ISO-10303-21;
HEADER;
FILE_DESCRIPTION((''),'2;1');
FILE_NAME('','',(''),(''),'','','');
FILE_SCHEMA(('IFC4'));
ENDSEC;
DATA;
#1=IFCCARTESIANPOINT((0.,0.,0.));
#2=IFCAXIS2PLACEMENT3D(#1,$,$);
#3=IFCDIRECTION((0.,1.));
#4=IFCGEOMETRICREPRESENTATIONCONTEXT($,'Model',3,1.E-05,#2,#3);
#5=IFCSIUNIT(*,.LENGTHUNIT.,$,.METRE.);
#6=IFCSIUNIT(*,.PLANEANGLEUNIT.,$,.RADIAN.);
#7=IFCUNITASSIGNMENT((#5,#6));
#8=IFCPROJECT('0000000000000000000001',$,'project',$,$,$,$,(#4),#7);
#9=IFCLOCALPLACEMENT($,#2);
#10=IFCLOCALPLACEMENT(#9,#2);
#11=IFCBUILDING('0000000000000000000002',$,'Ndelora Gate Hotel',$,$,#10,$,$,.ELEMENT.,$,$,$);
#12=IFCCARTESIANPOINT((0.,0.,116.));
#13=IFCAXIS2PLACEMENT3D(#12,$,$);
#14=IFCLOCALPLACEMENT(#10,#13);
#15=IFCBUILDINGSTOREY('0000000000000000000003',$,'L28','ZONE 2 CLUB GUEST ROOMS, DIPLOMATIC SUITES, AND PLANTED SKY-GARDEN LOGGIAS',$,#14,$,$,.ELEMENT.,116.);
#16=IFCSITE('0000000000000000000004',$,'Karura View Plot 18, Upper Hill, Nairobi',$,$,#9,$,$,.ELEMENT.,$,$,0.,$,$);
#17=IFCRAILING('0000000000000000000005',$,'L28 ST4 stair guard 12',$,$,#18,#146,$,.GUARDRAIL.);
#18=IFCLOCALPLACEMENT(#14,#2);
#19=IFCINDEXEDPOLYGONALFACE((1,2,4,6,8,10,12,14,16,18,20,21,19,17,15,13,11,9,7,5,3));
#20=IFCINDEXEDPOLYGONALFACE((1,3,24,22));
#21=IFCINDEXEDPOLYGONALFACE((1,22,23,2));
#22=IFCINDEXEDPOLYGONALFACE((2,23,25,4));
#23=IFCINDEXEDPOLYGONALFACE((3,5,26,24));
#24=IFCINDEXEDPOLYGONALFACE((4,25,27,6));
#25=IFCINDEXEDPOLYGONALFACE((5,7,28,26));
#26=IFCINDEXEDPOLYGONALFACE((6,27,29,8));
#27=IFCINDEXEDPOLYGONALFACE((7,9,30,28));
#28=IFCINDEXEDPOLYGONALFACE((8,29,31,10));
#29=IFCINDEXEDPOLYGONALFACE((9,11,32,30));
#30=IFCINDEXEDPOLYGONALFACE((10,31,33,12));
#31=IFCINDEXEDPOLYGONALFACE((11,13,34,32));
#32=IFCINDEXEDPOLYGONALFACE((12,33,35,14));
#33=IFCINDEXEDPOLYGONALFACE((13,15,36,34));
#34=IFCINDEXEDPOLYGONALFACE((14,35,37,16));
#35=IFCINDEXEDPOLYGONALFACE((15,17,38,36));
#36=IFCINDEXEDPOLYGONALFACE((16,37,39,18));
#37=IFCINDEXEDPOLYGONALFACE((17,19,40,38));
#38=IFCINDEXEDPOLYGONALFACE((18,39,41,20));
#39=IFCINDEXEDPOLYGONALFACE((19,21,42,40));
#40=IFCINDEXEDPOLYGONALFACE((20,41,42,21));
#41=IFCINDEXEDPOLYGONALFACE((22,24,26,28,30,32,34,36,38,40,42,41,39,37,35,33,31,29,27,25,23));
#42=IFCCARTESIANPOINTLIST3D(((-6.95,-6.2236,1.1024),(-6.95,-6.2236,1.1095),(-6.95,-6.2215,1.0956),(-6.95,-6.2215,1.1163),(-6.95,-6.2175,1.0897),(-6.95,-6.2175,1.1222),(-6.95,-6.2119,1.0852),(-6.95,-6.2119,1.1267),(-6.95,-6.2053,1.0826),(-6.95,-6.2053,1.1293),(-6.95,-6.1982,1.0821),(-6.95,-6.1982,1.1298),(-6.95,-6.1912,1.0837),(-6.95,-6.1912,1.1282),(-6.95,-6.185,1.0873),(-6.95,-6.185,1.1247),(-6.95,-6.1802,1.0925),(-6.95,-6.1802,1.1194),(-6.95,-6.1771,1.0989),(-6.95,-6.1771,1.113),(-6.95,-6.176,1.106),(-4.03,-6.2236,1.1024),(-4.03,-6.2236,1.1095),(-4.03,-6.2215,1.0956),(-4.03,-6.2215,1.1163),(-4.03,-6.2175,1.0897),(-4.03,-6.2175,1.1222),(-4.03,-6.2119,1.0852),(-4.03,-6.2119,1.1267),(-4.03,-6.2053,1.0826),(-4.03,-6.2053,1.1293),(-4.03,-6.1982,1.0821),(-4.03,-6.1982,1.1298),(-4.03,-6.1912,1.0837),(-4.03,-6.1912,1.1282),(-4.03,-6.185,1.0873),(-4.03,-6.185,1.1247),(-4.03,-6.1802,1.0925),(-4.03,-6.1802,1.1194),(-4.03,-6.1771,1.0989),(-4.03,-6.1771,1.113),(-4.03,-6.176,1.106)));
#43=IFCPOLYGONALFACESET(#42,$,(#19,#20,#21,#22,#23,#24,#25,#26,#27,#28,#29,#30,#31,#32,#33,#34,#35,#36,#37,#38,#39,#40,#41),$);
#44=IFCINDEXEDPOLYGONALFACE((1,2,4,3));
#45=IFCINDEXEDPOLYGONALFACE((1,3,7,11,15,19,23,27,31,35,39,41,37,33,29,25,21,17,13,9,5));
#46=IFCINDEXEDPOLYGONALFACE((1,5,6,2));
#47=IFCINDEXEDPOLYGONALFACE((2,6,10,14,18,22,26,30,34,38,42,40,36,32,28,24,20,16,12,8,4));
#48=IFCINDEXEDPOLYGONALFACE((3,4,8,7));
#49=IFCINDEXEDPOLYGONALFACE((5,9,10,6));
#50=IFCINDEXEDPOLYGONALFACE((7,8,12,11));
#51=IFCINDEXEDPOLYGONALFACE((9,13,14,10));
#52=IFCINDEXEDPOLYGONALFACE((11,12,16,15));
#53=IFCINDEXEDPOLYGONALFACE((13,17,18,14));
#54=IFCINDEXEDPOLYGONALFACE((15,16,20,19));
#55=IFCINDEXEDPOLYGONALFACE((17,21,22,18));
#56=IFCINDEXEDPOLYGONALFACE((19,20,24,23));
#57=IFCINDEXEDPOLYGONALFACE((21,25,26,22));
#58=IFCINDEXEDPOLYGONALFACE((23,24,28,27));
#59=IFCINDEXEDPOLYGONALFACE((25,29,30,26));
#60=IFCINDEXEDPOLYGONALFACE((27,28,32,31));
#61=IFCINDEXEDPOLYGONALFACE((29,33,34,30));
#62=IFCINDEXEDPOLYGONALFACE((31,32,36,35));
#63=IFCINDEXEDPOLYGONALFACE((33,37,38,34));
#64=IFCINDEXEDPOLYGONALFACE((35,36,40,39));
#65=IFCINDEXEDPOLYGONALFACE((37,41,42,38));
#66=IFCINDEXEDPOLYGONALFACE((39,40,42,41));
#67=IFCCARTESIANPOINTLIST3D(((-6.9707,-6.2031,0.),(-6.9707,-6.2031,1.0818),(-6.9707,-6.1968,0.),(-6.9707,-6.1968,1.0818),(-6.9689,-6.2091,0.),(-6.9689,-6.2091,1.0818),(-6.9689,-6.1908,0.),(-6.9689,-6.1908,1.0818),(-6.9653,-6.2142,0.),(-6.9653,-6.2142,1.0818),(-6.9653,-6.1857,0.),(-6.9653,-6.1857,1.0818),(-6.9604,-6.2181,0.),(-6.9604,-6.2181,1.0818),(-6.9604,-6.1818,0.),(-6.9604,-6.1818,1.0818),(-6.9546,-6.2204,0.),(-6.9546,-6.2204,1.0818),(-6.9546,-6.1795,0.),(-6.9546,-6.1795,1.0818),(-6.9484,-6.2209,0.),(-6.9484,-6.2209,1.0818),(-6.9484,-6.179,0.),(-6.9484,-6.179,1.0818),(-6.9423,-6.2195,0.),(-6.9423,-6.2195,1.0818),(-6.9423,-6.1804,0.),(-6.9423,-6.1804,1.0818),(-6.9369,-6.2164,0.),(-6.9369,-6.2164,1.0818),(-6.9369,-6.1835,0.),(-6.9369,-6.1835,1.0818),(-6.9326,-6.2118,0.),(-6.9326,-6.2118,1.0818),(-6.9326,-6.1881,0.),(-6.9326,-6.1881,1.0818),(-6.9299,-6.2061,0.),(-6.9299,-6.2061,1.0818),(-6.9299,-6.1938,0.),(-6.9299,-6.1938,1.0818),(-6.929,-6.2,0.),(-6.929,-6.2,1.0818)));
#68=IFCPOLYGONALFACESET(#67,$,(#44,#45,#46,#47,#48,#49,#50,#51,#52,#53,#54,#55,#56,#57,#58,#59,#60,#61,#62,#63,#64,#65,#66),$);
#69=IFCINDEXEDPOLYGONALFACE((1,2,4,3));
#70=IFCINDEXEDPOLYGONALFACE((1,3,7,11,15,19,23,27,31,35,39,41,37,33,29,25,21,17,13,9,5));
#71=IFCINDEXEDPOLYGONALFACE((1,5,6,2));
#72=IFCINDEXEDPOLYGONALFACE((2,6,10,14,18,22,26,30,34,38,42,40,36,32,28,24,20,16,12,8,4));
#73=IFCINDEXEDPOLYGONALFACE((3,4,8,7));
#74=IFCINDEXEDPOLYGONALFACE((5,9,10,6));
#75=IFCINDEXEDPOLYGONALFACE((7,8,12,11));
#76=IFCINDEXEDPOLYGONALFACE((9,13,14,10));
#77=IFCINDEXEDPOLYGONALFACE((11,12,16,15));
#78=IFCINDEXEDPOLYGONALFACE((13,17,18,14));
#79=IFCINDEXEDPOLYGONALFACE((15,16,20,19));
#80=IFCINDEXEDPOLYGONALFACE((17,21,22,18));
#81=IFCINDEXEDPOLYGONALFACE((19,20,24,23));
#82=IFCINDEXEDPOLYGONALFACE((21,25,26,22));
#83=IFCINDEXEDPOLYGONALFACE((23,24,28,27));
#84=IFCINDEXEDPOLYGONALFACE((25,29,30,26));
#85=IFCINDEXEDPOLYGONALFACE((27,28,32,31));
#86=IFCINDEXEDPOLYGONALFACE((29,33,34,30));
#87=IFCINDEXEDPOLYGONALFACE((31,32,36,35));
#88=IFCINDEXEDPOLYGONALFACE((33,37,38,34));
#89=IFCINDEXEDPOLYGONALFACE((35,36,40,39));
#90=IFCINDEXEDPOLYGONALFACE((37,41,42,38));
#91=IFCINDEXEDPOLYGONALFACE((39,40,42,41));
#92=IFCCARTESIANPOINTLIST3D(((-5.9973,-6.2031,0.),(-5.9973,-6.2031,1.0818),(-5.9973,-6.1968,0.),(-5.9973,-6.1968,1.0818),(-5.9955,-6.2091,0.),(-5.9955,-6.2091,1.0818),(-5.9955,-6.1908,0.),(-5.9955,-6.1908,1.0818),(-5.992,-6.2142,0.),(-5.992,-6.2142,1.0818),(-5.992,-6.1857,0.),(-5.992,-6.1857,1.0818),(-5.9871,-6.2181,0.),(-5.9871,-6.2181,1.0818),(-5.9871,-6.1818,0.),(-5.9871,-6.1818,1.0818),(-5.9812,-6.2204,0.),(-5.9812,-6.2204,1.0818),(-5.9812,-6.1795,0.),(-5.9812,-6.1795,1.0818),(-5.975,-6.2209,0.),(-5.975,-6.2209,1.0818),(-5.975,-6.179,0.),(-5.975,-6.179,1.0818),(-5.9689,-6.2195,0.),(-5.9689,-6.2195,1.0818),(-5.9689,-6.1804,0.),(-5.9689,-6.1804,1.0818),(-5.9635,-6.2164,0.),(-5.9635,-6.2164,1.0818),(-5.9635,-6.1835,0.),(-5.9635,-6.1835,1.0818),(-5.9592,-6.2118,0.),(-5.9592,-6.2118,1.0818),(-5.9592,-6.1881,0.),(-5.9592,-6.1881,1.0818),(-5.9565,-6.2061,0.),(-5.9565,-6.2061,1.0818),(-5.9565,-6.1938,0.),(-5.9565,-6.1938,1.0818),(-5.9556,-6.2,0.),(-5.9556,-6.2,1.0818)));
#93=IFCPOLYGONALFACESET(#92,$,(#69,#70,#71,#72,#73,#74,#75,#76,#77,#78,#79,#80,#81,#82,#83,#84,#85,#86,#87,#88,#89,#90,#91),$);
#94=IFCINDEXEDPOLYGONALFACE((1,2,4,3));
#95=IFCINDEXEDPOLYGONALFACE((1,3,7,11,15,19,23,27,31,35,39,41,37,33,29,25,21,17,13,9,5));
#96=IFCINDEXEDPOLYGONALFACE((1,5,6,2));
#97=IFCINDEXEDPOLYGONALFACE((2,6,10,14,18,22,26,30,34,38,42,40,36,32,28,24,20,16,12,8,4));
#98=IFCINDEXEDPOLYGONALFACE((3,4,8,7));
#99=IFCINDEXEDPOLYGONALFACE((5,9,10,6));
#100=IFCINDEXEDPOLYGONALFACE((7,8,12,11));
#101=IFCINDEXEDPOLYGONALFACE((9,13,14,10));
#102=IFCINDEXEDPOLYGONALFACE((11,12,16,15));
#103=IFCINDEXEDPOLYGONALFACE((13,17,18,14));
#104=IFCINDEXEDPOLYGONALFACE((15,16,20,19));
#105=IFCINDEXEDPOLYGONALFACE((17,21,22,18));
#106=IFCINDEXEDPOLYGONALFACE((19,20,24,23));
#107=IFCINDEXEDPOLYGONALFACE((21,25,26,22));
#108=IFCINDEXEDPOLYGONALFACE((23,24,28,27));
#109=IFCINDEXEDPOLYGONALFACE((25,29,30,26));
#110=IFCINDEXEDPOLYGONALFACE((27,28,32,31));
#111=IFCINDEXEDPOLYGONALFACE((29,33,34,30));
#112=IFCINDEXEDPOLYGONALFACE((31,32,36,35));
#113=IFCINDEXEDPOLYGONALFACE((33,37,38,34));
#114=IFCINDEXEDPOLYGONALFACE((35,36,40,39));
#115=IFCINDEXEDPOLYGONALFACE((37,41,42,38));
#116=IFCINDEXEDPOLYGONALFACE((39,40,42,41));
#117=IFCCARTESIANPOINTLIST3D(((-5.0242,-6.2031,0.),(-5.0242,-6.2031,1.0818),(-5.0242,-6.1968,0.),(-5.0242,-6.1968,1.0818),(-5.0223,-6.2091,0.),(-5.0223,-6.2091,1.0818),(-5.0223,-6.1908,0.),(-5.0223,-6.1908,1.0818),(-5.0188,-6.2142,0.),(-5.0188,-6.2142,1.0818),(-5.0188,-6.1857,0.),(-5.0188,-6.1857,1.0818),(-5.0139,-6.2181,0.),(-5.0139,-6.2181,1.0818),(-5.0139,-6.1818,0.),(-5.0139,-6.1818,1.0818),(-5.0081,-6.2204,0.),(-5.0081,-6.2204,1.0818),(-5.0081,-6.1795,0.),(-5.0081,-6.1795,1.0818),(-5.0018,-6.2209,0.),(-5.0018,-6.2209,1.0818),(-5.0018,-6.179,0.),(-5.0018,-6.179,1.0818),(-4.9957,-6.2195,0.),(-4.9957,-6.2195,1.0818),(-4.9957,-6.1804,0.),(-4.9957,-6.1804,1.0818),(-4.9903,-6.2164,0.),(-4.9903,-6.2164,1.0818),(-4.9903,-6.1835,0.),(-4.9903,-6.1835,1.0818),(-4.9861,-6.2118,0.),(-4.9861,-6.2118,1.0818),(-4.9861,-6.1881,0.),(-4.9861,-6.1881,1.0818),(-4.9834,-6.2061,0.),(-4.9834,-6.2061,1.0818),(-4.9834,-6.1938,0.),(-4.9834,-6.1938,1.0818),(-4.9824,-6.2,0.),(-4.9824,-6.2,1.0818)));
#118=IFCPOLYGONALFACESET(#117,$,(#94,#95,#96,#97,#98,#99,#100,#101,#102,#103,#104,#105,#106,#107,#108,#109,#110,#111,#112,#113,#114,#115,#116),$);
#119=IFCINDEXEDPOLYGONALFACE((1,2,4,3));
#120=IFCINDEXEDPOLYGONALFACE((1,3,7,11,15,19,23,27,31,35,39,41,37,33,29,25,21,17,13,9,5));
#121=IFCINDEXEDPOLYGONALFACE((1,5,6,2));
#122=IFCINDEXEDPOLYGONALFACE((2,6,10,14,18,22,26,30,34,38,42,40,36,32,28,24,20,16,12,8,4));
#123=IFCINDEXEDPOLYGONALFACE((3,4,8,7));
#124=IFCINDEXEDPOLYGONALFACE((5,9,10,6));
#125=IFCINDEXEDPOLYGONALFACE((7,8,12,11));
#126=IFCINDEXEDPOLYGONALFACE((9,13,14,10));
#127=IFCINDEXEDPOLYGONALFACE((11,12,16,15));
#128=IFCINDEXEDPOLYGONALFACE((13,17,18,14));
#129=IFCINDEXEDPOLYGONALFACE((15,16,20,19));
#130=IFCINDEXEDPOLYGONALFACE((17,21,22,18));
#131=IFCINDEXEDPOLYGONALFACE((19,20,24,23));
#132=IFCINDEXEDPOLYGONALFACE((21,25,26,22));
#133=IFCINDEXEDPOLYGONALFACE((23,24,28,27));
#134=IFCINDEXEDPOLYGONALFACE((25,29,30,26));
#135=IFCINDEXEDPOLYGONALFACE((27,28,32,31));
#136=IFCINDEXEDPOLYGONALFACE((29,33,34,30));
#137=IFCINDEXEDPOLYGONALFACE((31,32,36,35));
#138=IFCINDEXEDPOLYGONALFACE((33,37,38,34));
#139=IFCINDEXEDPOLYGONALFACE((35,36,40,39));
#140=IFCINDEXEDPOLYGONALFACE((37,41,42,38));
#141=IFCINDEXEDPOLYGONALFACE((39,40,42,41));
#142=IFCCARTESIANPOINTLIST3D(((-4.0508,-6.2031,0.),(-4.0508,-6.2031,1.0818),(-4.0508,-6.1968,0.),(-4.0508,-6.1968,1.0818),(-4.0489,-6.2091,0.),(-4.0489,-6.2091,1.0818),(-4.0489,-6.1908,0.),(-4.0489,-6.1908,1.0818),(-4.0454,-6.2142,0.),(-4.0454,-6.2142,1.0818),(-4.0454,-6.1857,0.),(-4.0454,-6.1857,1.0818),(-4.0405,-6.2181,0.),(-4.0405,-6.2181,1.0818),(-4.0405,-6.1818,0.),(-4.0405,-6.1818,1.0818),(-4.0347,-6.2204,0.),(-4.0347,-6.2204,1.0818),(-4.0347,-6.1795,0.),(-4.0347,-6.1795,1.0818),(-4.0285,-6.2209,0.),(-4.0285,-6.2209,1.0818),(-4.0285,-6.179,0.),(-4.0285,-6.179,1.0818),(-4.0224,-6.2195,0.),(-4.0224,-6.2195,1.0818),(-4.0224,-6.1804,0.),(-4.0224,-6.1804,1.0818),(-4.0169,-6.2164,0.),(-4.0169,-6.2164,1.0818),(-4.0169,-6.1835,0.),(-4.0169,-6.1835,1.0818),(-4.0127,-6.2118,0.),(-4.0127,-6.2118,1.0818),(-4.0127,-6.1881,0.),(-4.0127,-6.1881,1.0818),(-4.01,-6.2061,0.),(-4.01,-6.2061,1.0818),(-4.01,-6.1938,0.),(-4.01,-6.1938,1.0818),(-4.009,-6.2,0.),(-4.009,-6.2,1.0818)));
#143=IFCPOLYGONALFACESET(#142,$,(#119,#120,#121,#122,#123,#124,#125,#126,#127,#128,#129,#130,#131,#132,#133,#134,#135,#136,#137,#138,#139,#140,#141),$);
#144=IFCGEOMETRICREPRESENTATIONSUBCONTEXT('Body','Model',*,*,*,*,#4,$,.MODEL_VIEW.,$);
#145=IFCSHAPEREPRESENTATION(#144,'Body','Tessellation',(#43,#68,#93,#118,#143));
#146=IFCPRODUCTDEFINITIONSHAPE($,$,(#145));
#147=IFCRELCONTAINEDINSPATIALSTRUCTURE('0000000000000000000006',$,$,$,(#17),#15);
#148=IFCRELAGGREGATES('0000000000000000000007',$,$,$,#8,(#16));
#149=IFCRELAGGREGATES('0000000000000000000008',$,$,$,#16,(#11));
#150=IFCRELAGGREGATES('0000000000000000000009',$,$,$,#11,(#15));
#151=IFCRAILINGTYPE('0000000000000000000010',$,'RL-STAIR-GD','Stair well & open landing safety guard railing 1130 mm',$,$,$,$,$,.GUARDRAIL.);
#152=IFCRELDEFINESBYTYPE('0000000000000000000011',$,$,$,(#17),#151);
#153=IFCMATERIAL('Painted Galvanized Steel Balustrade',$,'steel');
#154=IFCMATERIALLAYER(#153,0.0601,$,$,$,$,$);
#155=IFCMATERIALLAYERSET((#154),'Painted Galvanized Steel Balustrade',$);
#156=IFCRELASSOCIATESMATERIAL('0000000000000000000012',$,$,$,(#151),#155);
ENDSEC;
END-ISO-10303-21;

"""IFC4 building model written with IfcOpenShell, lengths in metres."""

from ifc_helpers import new_model, si_unit, direction, frame, origin, origin_2d, place, context, subcontext, project, spatial, circle, extrude, material, layer, layer_set, type_object, element, save


model = new_model("IFC4")

# Units and contexts
model_context = context("Model", 3, precision=1e-05, world=origin(), true_north=direction((0.0, 1.0)))
body_context = subcontext(model_context, "Body", "Model", "MODEL_VIEW")
ifc_project = project(units=[si_unit("LENGTHUNIT", "METRE"), si_unit("PLANEANGLEUNIT", "RADIAN")], contexts=[model_context])

# Site, building, storey
site_placement = place(None, origin())
site = spatial("IfcSite", under=ifc_project, at=site_placement, Name="Karura View Plot 18, Upper Hill, Nairobi", CompositionType="ELEMENT", RefElevation=0.0)
building_placement = place(site_placement, origin())
building = spatial("IfcBuilding", under=site, at=building_placement, Name="Ndelora Gate Hotel", CompositionType="ELEMENT")
storey_placement = place(building_placement, frame((0.0, 0.0, 116.0)))
storey = spatial("IfcBuildingStorey", under=building, at=storey_placement, Name="L28", Description="ZONE 2 CLUB GUEST ROOMS, DIPLOMATIC SUITES, AND PLANTED SKY-GARDEN LOGGIAS", CompositionType="ELEMENT", Elevation=116.0)

# Railing
ifc_material_1 = material(Name="Painted Galvanized Steel Balustrade", Category="steel")
ifc_layer_1 = layer(ifc_material_1, 0.0601)
ifc_layer_set_1 = layer_set([ifc_layer_1], Name="Painted Galvanized Steel Balustrade")
railing_type = type_object("IfcRailingType", Name="RL-STAIR-GD", Description="Stair well & open landing safety guard railing 1130 mm", PredefinedType="GUARDRAIL", material=ifc_layer_set_1)
railing_1_placement = place(storey_placement, frame((-6.95, -6.2, 0.0)))
element("IfcRailing", 1, at=railing_1_placement, inside=storey, type_object=railing_type, Name="L28 ST4 stair guard 12", PredefinedType="GUARDRAIL", context=body_context, shape_type="SweptSolid", body=[
    extrude(circle(Radius=0.0239, at=origin_2d()), frame((0.0, 0.0, 1.106), z_axis=(1.0, 0.0, 0.0), x_axis=(0.0, 1.0, 0.0)), (0.0, 0.0, 1.0), 2.9199),
    extrude(circle(Radius=0.021, at=origin_2d()), origin(), (0.0, 0.0, 1.0), 1.0818),
    extrude(circle(Radius=0.021, at=origin_2d()), frame((0.9734, 0.0, 0.0)), (0.0, 0.0, 1.0), 1.0818),
    extrude(circle(Radius=0.021, at=origin_2d()), frame((1.9465, 0.0, 0.0)), (0.0, 0.0, 1.0), 1.0818),
    extrude(circle(Radius=0.021, at=origin_2d()), frame((2.9199, 0.0, 0.0)), (0.0, 0.0, 1.0), 1.0818),
])

save(model, "model.ifc")
